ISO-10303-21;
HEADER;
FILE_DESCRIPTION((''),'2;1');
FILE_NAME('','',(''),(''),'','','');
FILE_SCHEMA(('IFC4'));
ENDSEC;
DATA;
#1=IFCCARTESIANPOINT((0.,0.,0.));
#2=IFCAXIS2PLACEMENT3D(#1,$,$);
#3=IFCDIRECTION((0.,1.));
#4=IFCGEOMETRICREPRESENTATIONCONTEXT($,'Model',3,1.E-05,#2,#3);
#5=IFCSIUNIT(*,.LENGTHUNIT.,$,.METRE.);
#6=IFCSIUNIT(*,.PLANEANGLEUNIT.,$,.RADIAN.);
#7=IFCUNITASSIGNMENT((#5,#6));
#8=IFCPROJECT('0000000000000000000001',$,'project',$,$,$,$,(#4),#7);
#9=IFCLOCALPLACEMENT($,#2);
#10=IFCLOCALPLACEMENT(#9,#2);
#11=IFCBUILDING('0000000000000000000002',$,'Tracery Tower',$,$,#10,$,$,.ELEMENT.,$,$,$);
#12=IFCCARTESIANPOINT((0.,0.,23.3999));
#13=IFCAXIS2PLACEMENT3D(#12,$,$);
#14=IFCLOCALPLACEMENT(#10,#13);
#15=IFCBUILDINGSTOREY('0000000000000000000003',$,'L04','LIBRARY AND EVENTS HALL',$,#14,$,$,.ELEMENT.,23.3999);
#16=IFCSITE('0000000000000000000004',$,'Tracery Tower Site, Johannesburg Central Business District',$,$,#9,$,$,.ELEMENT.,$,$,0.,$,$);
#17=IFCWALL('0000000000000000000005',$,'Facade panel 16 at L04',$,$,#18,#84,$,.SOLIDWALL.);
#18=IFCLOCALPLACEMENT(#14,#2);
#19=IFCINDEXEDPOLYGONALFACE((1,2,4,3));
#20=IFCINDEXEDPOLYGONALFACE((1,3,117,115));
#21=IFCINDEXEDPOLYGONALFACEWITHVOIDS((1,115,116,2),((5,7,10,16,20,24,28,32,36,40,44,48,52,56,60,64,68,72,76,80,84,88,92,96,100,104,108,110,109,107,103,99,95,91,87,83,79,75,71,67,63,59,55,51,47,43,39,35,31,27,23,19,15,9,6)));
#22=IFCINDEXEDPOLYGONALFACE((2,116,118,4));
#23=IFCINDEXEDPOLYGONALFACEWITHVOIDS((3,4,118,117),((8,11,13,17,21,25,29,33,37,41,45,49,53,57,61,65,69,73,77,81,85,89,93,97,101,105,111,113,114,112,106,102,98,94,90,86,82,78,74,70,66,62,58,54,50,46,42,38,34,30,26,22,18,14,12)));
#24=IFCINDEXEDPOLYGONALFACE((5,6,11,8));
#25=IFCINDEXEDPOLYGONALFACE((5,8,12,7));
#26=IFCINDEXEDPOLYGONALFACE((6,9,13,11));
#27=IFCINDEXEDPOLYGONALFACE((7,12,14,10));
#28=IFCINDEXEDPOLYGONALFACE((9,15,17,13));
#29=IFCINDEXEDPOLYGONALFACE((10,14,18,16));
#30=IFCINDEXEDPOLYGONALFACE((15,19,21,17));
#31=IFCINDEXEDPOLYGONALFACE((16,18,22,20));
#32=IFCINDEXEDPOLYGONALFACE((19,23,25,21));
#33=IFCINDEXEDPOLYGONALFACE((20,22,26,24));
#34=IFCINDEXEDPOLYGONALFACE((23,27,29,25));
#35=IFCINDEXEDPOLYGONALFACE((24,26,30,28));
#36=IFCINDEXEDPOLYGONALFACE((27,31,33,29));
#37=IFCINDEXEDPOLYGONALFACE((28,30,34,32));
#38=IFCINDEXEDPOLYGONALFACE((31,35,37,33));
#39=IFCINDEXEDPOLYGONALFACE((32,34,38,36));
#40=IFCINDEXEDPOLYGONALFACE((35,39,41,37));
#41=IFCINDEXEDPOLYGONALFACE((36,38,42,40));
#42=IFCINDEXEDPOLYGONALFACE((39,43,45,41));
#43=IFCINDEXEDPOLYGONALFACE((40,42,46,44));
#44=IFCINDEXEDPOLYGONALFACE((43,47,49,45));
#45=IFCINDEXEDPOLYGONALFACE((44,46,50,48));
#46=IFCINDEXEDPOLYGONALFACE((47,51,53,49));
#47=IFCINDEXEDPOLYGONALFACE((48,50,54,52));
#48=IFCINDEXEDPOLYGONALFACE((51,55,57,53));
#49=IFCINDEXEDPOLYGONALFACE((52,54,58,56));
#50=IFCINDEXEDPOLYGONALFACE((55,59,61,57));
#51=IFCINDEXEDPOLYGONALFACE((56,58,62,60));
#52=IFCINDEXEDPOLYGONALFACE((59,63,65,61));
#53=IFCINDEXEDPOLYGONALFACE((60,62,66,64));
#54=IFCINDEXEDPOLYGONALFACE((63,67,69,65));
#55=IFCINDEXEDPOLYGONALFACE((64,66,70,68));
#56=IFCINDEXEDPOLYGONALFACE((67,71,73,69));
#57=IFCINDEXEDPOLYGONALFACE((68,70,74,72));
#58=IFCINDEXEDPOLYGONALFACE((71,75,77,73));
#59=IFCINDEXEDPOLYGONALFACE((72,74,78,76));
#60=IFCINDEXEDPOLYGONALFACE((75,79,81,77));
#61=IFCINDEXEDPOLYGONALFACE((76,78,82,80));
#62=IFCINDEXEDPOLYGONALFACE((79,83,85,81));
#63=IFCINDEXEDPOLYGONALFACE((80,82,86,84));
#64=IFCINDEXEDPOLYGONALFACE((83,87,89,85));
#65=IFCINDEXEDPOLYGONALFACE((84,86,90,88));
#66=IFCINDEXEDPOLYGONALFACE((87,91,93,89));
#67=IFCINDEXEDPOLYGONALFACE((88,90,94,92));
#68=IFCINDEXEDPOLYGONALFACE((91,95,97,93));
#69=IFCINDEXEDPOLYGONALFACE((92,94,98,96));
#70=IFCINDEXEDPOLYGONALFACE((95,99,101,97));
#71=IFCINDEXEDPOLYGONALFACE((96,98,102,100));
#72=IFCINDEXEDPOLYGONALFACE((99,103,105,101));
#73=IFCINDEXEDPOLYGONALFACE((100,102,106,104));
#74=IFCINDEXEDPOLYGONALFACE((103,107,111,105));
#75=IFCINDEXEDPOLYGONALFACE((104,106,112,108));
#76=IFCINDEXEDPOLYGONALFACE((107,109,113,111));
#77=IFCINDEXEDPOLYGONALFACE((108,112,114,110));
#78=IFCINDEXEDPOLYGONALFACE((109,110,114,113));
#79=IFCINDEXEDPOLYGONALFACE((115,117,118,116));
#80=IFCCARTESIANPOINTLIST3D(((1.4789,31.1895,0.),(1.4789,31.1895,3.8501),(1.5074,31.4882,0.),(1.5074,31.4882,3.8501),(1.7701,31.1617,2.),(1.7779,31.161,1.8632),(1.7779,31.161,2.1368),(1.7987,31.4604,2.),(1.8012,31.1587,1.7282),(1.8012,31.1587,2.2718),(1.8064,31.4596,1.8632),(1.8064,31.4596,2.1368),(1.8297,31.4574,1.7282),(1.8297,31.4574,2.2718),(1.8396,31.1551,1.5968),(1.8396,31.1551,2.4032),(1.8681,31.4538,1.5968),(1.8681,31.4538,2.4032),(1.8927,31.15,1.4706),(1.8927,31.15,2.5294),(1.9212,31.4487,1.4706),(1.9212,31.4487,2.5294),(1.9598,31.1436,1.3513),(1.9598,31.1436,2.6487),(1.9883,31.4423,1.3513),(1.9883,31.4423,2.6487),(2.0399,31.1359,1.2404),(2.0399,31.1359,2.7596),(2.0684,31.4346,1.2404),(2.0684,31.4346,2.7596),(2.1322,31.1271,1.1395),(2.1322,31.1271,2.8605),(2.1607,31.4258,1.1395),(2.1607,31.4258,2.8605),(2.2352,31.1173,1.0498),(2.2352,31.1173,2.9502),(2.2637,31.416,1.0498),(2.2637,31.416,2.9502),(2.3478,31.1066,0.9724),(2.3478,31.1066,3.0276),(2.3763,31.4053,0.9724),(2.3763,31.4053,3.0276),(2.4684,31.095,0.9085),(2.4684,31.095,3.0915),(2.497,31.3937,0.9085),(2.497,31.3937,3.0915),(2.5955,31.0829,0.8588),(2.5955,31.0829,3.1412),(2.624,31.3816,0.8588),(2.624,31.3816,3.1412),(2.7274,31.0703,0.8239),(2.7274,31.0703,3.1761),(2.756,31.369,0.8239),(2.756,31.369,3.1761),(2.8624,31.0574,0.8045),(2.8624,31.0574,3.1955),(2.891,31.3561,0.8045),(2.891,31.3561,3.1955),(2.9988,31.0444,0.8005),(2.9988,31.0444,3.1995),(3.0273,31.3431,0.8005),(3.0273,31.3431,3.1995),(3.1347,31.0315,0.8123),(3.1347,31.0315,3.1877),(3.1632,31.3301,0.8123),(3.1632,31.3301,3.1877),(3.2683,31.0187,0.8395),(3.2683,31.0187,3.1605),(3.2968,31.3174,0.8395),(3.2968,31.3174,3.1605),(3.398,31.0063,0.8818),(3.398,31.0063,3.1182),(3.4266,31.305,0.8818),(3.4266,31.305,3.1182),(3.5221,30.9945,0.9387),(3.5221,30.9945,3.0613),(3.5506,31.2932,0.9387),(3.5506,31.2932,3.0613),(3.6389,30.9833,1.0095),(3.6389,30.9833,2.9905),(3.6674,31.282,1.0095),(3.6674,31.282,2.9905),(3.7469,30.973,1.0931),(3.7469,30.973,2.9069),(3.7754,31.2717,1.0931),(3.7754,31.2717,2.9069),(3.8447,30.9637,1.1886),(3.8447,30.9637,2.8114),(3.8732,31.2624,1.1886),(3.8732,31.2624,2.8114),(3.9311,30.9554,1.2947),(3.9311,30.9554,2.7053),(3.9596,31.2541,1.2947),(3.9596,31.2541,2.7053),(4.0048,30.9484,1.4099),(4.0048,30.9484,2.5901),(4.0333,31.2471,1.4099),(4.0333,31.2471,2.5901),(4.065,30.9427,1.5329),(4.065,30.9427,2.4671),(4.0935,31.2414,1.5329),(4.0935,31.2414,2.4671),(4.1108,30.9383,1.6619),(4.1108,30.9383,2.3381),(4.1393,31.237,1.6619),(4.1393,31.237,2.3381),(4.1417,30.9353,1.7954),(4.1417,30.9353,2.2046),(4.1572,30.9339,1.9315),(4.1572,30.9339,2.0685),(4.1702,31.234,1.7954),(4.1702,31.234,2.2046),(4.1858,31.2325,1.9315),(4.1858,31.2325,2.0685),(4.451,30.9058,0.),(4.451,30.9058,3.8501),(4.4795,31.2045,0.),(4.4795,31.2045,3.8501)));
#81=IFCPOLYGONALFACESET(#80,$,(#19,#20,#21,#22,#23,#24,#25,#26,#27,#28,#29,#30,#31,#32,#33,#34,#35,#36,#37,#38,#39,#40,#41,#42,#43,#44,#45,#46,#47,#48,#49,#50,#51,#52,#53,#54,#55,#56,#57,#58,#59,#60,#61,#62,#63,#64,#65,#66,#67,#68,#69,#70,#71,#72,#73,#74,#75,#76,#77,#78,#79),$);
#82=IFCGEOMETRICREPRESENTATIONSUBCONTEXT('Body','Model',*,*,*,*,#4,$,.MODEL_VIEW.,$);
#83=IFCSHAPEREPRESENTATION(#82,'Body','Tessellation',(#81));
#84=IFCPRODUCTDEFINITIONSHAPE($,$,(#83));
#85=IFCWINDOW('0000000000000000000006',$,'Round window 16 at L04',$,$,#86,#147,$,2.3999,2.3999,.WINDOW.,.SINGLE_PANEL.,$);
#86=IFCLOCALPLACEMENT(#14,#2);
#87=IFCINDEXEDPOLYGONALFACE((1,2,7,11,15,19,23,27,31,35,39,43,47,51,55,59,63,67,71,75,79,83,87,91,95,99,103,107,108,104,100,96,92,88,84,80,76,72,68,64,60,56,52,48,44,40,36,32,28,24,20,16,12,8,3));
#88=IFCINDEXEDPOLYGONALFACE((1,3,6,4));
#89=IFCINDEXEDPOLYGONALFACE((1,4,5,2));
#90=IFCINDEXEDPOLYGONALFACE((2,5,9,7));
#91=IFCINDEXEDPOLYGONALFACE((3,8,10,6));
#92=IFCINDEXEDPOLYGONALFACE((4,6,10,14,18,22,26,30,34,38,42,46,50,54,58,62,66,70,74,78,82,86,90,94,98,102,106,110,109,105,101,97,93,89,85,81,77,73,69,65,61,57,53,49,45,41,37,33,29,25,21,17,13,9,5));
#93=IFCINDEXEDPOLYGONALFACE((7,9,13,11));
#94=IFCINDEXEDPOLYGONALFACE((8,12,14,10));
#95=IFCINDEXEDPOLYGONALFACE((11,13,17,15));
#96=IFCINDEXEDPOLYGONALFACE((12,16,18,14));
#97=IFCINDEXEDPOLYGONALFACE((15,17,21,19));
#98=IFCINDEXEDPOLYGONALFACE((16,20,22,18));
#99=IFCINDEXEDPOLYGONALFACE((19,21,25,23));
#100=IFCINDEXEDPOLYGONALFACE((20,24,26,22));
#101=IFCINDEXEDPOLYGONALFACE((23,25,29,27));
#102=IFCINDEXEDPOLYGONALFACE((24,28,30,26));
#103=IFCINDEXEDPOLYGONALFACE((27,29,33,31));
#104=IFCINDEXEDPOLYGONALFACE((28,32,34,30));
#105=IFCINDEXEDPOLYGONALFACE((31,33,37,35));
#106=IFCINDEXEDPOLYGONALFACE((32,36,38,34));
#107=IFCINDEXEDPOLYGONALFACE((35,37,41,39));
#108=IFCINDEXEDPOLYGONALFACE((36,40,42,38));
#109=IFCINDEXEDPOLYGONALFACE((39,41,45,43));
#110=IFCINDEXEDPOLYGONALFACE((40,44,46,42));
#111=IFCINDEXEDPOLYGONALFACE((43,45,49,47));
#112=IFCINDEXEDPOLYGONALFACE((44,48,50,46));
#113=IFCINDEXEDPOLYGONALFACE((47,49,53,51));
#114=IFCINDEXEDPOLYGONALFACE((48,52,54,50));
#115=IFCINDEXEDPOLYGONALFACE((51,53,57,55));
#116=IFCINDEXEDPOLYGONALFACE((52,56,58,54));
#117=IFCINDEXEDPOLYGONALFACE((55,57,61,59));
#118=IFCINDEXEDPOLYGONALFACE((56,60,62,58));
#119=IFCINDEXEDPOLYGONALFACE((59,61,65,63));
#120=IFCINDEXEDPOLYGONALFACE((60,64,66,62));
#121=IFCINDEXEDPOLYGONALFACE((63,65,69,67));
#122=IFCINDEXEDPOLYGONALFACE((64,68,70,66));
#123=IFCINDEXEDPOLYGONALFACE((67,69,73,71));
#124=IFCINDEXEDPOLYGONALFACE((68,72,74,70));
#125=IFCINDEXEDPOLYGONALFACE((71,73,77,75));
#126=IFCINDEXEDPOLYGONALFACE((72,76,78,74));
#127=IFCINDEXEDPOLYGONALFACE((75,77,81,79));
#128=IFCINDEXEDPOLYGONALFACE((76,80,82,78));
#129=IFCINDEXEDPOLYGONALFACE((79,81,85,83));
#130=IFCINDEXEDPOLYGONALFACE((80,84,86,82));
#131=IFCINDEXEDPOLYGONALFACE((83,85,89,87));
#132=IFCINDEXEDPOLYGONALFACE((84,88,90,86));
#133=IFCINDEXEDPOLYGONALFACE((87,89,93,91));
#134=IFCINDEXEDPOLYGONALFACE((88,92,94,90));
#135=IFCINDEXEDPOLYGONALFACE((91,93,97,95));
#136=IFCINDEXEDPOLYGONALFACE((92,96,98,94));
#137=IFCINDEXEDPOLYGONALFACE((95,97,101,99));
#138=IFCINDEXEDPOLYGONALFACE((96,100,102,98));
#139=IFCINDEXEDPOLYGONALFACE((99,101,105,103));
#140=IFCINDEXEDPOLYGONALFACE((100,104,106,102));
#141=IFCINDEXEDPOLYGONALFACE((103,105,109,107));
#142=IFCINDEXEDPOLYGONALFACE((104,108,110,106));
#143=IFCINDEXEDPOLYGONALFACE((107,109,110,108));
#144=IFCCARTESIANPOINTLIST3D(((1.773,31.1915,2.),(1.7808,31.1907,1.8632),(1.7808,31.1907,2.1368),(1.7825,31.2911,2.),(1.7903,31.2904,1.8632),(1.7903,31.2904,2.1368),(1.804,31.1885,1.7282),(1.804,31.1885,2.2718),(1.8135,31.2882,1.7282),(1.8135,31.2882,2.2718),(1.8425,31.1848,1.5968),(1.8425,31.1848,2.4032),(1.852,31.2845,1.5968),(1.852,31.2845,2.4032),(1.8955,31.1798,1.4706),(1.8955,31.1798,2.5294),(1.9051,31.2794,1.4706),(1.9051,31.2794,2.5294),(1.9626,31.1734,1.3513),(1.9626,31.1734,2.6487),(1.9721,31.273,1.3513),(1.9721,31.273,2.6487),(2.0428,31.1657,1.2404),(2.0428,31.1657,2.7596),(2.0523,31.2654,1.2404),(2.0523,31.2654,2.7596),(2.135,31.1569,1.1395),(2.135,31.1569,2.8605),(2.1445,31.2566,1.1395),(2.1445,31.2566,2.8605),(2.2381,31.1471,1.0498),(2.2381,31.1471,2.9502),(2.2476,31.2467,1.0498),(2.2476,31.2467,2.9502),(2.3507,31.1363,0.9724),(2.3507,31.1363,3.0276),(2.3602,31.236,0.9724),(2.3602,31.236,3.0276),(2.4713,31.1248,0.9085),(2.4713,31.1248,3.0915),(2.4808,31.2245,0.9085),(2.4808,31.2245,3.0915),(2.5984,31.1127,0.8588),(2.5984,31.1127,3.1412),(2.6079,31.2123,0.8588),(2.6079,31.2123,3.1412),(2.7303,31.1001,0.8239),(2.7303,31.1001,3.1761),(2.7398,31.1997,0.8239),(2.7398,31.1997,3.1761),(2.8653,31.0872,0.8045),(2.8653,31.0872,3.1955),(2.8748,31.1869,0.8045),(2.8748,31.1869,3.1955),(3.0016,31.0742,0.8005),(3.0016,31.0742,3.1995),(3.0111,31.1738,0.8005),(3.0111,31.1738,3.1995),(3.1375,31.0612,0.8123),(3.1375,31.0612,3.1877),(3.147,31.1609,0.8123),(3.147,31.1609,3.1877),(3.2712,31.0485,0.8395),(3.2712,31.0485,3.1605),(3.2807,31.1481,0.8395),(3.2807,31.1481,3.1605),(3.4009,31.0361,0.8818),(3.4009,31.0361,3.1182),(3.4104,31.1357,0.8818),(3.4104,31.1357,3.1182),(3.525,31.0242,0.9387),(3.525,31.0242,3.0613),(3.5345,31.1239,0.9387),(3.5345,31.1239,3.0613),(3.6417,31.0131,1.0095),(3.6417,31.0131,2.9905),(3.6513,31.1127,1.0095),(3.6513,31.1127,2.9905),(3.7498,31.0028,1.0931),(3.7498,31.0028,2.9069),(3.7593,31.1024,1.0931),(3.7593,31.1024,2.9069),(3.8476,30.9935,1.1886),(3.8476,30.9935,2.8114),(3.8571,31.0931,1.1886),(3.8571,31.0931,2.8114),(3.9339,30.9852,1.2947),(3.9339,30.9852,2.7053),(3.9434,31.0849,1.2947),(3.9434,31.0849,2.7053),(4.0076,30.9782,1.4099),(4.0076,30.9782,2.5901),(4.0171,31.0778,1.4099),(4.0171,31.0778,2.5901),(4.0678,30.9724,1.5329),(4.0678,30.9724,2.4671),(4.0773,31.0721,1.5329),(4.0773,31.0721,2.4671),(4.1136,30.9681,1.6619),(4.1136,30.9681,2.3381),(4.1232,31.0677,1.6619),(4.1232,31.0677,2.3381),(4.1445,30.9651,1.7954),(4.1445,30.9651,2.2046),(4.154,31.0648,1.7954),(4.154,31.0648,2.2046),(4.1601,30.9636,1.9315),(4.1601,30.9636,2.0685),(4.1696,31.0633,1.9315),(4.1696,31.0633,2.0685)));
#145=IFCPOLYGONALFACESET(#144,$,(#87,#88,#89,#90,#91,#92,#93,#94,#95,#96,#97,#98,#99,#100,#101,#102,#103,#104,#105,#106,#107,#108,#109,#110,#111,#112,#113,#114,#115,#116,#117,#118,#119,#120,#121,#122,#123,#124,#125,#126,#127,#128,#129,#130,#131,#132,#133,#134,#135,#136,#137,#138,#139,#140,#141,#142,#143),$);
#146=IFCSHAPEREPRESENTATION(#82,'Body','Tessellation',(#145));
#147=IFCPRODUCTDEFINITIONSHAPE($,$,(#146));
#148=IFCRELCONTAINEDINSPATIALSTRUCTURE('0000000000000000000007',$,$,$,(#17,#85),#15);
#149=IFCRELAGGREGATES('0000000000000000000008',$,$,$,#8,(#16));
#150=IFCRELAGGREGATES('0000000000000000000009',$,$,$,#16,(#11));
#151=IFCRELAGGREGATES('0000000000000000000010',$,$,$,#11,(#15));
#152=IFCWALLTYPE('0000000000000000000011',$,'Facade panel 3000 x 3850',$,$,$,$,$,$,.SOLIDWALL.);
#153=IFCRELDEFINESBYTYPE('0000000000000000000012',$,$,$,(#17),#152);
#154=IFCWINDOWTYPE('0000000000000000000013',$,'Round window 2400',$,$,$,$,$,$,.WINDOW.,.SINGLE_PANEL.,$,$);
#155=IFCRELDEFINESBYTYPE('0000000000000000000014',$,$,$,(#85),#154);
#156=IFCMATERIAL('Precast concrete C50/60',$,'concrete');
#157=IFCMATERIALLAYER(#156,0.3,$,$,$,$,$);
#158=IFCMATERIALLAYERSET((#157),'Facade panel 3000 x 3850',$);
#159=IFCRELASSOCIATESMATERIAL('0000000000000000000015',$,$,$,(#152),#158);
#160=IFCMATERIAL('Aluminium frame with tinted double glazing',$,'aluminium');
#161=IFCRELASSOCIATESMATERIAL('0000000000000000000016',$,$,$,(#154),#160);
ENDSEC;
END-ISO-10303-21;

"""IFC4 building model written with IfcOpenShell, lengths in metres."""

from ifc_helpers import new_model, si_unit, direction, frame, frame_2d, origin, origin_2d, place, context, subcontext, project, spatial, rectangle, circle, extrude, material, layer, layer_set, type_object, element, fill, save


model = new_model("IFC4")

# Units and contexts
model_context = context("Model", 3, precision=1e-05, world=origin(), true_north=direction((0.0, 1.0)))
body_context = subcontext(model_context, "Body", "Model", "MODEL_VIEW")
ifc_project = project(units=[si_unit("LENGTHUNIT", "METRE"), si_unit("PLANEANGLEUNIT", "RADIAN")], contexts=[model_context])

# Site, building, storey
site_placement = place(None, origin())
site = spatial("IfcSite", under=ifc_project, at=site_placement, Name="Tracery Tower Site, Johannesburg Central Business District", CompositionType="ELEMENT", RefElevation=0.0)
building_placement = place(site_placement, origin())
building = spatial("IfcBuilding", under=site, at=building_placement, Name="Tracery Tower", CompositionType="ELEMENT")
storey_placement = place(building_placement, frame((0.0, 0.0, 23.3999)))
storey = spatial("IfcBuildingStorey", under=building, at=storey_placement, Name="L04", Description="LIBRARY AND EVENTS HALL", CompositionType="ELEMENT", Elevation=23.3999)

# Wall, opening, window
ifc_material_1 = material(Name="Precast concrete C50/60", Category="concrete")
ifc_layer_1 = layer(ifc_material_1, 0.3)
ifc_layer_set_1 = layer_set([ifc_layer_1], Name="Facade panel 3000 x 3850")
wall_type_1 = type_object("IfcWallType", Name="Facade panel 3000 x 3850", PredefinedType="SOLIDWALL", material=ifc_layer_set_1)
wall_1_placement = place(storey_placement, frame((4.4651, 31.0552, 0.0), z_axis=(0.0, 0.0, 1.0), x_axis=(-0.995476, 0.095017, 0.0)))
wall_1 = element("IfcWall", 1, at=wall_1_placement, inside=storey, type_object=wall_type_1, Name="Facade panel 16 at L04", PredefinedType="SOLIDWALL", context=body_context, shape_type="SweptSolid", body=[
    extrude(rectangle(XDim=2.9856, YDim=0.3, at=frame_2d((1.4927, 0.0))), origin(), (0.0, 0.0, 1.0), 3.8501),
])
opening_1_placement = place(wall_1_placement, frame((1.4929, 0.0, 2.0)))
opening_1 = element("IfcOpeningElement", 2, at=opening_1_placement, cuts=wall_1, PredefinedType="OPENING", context=body_context, shape_type="SweptSolid", body=[
    extrude(circle(Radius=1.2, at=origin_2d()), frame((0.0, 0.1599, 0.0), z_axis=(0.0, -1.0, 0.0), x_axis=(1.0, 0.0, 0.0)), (0.0, 0.0, 1.0), 0.3201),
])
ifc_material_2 = material(Name="Aluminium frame with tinted double glazing", Category="aluminium")
window_type = type_object("IfcWindowType", Name="Round window 2400", PartitioningType="SINGLE_PANEL", PredefinedType="WINDOW", material=ifc_material_2)
window_1_placement = place(opening_1_placement, origin())
window_1 = element("IfcWindow", 3, at=window_1_placement, inside=storey, type_object=window_type, Name="Round window 16 at L04", OverallHeight=2.3999, OverallWidth=2.3999, PartitioningType="SINGLE_PANEL", PredefinedType="WINDOW", context=body_context, shape_type="SweptSolid", body=[
    extrude(circle(Radius=1.2, at=origin_2d()), frame((0.0, 0.1201, 0.0), z_axis=(0.0, -1.0, 0.0), x_axis=(1.0, 0.0, 0.0)), (0.0, 0.0, 1.0), 0.1001),
])
fill(opening_1, window_1)

save(model, "model.ifc")
